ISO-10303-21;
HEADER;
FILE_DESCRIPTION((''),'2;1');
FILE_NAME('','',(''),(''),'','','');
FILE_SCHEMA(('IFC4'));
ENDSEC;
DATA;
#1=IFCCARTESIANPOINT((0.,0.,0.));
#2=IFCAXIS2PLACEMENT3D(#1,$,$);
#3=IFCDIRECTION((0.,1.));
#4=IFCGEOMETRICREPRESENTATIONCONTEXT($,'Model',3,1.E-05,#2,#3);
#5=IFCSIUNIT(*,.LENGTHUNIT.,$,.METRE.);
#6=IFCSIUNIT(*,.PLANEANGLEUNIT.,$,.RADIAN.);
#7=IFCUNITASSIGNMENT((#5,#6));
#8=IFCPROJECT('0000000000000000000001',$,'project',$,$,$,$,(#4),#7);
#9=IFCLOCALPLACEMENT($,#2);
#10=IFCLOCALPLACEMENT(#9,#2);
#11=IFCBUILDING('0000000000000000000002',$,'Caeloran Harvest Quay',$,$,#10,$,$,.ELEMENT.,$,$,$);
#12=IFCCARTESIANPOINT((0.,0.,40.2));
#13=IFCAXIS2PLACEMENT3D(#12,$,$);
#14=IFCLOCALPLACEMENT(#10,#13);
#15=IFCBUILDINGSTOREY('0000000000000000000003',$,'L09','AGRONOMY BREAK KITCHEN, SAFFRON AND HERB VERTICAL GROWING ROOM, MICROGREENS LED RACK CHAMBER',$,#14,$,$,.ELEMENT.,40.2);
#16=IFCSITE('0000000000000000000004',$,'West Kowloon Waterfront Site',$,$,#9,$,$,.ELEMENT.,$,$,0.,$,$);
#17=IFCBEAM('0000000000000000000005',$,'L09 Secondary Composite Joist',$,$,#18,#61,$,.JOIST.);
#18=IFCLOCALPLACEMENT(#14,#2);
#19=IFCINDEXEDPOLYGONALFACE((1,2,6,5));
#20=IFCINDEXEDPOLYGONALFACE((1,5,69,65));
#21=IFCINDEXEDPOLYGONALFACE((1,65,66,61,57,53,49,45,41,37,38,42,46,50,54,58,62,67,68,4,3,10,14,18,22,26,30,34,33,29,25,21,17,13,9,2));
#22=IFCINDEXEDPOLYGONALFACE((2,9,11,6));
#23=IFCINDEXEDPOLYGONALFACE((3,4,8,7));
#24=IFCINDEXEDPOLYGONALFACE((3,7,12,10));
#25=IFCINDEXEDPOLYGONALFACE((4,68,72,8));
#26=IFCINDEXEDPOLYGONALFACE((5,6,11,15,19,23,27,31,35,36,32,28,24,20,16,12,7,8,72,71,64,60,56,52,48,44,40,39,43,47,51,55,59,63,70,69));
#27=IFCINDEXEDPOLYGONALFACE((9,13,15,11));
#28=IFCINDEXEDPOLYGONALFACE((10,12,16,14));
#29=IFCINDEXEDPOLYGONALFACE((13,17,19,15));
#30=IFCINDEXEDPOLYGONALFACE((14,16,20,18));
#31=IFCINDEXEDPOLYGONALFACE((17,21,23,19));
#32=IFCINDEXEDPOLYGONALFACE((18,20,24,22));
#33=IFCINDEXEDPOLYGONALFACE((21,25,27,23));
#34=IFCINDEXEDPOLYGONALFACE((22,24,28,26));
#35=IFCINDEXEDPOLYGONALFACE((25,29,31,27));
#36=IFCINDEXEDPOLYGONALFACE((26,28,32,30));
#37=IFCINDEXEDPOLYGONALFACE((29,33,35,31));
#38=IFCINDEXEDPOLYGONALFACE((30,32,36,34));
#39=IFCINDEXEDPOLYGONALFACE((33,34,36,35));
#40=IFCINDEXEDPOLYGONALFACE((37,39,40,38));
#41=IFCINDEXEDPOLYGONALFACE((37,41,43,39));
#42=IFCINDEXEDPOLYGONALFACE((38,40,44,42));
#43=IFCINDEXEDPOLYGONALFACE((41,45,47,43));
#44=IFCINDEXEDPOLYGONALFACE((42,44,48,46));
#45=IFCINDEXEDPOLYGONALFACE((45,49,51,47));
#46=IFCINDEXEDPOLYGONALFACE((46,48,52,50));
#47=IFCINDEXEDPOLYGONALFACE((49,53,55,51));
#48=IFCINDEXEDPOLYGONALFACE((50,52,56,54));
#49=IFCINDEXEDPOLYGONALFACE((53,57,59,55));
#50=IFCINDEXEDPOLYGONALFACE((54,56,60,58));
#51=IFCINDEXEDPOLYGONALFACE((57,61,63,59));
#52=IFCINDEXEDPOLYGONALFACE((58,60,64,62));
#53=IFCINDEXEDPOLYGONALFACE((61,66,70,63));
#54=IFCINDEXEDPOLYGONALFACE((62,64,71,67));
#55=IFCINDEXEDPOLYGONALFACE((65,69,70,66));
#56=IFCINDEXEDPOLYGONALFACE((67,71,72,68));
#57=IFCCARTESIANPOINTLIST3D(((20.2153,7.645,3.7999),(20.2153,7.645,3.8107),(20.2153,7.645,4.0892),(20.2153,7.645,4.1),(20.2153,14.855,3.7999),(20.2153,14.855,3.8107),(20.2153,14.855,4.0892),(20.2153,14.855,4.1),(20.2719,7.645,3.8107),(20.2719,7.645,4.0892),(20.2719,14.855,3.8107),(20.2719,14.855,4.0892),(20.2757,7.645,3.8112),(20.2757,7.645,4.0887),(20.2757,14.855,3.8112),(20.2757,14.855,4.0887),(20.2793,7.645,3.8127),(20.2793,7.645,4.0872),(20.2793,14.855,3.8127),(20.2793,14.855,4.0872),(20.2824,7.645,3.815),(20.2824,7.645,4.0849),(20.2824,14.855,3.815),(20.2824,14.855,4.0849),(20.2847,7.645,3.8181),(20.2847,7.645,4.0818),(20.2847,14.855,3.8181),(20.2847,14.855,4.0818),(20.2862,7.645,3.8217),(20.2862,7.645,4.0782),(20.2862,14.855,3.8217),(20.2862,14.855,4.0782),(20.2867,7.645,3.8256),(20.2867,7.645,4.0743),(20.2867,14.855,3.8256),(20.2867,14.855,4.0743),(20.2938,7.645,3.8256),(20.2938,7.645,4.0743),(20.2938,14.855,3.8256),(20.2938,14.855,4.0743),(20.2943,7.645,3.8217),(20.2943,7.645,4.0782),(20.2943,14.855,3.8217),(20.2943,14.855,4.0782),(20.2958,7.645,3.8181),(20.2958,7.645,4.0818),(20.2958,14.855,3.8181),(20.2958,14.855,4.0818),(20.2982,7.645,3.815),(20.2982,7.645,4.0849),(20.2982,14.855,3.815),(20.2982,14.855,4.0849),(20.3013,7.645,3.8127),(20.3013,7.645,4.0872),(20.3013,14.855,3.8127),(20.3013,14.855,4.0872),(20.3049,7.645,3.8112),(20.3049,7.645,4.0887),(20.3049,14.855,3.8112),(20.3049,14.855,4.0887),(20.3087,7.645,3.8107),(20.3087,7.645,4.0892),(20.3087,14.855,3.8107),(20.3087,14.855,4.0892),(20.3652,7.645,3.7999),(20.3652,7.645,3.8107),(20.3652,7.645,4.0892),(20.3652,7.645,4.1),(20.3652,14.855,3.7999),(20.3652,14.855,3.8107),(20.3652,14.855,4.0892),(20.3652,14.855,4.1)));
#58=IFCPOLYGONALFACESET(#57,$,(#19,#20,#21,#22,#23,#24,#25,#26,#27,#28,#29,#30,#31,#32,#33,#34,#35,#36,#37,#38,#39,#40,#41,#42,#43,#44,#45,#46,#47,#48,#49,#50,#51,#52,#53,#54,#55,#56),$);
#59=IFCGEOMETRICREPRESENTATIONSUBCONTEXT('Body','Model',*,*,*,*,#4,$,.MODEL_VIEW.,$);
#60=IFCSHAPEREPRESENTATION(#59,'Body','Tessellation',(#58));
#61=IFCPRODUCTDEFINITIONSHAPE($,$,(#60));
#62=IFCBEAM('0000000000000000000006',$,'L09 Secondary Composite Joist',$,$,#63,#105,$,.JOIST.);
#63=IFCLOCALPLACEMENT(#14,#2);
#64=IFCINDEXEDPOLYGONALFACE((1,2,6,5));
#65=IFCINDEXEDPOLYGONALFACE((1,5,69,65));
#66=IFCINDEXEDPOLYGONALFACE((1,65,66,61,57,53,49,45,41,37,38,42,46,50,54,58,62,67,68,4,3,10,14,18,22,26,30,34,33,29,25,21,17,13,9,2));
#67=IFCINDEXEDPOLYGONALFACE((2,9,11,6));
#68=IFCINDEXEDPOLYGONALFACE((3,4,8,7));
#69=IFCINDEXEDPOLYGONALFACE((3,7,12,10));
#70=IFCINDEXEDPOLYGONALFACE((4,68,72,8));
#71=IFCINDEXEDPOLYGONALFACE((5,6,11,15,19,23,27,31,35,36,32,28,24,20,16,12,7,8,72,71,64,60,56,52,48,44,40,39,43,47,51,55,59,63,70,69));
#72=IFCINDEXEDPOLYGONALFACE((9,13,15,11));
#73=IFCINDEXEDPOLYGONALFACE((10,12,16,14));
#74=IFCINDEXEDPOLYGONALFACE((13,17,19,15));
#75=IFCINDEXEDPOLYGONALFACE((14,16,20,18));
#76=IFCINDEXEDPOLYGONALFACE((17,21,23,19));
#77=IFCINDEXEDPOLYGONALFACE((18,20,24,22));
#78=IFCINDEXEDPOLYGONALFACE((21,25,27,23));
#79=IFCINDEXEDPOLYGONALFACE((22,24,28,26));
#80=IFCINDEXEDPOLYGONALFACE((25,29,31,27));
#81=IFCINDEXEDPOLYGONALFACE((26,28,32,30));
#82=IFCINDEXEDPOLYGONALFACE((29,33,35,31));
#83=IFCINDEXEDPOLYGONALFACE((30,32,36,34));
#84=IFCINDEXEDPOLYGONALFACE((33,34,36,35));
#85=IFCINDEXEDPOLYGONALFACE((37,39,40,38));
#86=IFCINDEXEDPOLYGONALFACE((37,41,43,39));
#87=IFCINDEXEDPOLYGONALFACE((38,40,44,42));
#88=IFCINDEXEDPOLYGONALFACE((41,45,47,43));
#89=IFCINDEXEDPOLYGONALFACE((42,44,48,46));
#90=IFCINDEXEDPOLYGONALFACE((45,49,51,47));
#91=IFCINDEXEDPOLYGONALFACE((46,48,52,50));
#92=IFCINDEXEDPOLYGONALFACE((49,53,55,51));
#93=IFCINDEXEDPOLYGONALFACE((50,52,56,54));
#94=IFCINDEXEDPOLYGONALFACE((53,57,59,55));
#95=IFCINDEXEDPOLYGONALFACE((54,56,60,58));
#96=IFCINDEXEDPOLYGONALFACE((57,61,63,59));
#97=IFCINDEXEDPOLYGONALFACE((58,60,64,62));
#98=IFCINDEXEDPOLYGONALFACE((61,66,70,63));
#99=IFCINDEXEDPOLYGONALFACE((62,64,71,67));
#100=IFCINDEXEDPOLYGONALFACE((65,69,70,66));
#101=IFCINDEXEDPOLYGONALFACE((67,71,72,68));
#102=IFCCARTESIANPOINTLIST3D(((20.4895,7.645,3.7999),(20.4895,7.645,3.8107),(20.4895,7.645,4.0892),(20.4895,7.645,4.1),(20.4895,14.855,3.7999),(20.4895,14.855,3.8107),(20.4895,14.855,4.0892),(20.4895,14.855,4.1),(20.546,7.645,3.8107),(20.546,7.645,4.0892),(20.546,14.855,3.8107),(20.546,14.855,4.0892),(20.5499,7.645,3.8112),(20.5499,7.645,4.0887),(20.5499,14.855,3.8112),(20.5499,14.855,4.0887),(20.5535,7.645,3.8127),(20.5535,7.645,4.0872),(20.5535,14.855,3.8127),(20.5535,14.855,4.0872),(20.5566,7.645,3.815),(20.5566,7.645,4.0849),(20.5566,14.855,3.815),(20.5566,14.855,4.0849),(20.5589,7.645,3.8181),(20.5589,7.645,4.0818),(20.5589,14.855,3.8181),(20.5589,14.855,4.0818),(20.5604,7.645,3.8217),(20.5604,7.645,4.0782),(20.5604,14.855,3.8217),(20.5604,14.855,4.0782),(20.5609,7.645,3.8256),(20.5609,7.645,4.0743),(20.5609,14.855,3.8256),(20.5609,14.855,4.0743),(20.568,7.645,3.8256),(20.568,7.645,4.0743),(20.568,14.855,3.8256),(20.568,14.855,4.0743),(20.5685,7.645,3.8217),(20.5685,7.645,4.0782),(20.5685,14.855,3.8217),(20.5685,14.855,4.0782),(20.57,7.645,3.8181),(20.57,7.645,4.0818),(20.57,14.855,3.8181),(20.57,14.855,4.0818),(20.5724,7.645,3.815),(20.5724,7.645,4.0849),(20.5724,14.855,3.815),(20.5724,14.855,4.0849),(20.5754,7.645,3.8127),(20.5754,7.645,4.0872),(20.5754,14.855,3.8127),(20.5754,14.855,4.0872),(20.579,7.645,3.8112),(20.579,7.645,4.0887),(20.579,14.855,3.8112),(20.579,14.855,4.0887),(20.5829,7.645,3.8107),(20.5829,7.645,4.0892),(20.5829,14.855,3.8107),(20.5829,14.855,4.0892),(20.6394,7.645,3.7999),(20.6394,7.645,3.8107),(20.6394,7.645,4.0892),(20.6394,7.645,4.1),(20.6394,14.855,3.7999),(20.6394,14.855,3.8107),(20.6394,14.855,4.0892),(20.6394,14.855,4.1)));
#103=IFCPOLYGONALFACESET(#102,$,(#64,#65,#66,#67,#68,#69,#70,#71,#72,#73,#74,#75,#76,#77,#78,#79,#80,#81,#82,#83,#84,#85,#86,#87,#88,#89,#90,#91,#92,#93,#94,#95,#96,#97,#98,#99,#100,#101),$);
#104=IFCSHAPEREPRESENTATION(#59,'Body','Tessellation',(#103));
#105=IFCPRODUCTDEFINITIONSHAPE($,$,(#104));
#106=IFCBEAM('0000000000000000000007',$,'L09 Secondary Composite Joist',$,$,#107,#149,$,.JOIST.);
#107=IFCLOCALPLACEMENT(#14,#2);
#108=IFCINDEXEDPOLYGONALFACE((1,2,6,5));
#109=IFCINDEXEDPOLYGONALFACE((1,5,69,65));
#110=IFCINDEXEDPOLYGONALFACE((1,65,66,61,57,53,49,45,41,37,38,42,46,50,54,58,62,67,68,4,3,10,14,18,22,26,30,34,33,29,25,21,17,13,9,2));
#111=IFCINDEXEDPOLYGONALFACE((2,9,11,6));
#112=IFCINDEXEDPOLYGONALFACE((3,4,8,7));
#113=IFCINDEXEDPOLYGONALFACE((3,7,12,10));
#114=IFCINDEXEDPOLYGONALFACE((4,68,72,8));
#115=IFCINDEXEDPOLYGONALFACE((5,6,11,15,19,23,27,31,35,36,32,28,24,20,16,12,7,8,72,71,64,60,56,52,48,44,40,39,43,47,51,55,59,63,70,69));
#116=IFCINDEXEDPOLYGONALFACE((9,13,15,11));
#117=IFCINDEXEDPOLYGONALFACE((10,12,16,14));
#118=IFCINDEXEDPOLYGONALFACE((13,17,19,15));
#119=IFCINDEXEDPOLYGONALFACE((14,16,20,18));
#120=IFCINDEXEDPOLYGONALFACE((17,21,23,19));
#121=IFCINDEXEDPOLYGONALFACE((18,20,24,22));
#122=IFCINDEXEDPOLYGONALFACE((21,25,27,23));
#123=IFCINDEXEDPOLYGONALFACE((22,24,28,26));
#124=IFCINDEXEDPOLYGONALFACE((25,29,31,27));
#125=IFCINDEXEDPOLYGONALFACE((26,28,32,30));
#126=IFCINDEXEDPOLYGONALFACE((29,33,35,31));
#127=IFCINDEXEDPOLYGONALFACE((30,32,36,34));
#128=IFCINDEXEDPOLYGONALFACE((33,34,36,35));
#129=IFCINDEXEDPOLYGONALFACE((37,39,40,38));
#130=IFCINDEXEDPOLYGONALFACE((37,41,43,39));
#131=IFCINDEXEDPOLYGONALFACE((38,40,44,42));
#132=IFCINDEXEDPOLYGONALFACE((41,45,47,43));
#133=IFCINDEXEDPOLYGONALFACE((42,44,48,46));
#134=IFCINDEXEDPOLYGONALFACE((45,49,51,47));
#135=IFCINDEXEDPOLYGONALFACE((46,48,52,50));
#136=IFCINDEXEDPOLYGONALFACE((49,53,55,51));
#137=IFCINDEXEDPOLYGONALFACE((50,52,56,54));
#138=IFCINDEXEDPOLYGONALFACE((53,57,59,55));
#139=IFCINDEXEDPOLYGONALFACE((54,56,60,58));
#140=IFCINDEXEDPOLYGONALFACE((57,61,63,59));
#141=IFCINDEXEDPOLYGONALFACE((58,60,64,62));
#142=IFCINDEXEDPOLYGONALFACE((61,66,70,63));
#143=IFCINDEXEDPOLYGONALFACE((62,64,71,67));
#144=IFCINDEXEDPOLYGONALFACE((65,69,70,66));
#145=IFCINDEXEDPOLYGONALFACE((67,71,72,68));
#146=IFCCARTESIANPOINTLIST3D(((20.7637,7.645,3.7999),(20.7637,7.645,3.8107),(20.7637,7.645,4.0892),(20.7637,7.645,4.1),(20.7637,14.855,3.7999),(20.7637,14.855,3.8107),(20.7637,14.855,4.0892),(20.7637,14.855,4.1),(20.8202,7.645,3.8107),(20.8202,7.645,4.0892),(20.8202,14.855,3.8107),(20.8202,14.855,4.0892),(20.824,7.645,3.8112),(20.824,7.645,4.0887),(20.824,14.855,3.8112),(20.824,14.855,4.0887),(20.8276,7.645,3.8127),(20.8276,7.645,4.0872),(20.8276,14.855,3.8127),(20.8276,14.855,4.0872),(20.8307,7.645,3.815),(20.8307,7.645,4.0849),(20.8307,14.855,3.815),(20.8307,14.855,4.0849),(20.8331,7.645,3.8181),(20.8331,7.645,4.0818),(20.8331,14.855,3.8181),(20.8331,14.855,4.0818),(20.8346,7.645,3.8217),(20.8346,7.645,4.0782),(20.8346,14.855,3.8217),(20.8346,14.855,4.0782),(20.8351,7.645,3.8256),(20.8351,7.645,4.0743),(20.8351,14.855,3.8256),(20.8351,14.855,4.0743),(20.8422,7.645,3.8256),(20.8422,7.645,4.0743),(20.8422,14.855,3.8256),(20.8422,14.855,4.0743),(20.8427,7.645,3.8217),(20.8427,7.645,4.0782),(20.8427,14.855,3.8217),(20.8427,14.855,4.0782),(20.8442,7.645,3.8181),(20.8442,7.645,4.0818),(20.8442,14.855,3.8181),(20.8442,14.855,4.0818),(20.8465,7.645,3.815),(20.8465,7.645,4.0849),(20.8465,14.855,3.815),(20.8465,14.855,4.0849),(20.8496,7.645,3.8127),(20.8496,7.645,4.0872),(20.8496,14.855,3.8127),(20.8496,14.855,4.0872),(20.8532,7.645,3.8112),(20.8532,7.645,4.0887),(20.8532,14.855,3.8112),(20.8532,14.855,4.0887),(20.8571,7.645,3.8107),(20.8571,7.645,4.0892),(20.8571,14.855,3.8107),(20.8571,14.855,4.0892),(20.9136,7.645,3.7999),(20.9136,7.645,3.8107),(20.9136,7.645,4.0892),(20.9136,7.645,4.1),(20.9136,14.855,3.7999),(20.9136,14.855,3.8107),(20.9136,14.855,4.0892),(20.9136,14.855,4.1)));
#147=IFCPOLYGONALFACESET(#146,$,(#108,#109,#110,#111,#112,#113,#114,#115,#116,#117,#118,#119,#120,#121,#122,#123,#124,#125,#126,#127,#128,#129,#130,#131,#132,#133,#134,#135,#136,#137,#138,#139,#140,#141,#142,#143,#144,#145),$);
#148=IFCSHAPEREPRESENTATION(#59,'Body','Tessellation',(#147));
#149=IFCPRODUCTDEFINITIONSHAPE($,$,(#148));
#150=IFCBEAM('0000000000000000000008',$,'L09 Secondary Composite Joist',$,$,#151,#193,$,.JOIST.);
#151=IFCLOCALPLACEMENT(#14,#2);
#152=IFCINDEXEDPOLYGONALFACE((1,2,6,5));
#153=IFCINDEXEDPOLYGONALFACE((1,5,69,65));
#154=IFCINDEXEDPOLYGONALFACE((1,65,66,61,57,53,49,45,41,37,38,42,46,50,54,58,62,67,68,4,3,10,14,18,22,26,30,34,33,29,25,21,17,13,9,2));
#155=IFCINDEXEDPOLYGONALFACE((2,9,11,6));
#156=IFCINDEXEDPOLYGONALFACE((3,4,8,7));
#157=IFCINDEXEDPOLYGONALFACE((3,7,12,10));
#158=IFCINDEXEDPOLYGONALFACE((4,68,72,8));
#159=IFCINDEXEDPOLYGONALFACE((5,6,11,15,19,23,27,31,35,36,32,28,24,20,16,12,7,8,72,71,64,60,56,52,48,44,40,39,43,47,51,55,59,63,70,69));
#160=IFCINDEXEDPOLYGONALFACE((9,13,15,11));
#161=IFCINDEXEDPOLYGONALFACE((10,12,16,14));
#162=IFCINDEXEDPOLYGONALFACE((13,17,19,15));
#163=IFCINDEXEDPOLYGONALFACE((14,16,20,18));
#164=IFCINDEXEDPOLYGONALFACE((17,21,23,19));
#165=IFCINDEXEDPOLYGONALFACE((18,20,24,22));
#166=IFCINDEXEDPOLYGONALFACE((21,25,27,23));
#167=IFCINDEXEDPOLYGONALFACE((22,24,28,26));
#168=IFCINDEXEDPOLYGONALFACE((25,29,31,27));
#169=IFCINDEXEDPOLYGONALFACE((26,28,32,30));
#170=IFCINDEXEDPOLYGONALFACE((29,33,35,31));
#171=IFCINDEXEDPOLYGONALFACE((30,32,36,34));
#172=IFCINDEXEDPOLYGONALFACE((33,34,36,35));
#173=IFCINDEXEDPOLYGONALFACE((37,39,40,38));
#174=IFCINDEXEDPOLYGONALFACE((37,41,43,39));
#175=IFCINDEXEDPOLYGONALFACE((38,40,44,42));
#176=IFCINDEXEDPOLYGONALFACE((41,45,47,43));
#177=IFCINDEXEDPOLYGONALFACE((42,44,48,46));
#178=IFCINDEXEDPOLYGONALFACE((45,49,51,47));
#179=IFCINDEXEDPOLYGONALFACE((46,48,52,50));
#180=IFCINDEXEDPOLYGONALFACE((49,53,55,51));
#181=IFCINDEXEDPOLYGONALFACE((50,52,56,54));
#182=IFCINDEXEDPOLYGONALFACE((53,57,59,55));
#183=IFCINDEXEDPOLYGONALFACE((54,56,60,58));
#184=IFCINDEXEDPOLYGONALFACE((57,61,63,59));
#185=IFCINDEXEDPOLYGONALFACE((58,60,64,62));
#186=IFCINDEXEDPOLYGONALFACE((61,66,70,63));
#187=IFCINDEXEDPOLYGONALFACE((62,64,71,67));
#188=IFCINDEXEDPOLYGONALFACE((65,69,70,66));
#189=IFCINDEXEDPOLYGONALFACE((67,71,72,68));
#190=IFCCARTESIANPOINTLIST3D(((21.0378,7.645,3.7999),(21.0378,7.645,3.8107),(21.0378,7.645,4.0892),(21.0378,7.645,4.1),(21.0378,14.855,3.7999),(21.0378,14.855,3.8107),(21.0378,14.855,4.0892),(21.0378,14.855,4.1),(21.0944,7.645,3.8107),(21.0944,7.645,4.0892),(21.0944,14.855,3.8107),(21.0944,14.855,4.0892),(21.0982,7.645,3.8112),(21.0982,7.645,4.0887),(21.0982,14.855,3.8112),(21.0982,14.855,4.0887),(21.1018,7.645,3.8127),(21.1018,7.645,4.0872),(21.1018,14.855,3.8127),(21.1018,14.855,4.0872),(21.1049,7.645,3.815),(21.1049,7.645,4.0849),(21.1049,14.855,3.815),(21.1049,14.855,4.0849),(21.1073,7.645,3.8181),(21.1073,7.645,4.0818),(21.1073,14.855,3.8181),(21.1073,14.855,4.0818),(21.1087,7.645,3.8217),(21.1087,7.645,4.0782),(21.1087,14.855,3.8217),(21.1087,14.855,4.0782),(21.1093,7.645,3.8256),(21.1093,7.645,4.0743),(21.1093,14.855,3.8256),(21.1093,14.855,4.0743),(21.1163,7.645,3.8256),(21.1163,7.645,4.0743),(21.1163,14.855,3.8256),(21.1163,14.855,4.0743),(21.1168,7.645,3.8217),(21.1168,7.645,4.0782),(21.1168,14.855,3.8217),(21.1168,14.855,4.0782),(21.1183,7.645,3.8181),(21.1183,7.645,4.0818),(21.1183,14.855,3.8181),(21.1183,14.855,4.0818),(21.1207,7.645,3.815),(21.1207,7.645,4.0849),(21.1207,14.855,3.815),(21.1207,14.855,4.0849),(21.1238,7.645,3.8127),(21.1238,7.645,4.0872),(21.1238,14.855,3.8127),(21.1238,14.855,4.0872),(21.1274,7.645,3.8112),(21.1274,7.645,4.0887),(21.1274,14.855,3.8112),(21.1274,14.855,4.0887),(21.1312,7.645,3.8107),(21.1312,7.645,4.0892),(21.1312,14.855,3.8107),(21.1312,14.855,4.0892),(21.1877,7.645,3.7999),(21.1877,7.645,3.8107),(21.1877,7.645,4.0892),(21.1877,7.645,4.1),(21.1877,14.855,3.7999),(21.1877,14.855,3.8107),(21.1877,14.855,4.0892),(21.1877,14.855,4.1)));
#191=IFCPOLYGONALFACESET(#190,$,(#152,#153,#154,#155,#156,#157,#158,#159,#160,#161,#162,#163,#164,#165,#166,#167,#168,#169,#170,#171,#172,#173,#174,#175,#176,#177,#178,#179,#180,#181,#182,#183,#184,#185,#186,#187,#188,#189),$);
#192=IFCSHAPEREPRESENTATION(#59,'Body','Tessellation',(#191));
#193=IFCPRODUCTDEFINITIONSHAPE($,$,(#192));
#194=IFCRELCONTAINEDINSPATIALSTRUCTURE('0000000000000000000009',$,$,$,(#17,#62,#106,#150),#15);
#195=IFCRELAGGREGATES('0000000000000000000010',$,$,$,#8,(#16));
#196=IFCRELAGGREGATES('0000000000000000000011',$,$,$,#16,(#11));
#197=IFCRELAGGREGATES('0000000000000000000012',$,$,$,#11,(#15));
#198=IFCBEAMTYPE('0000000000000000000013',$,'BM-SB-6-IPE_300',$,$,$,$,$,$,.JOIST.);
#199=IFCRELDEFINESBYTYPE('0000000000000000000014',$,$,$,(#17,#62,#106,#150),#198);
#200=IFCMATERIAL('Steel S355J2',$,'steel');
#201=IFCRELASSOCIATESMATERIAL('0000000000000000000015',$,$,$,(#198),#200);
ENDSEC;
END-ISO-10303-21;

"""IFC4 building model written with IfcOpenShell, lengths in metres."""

from ifc_helpers import new_model, si_unit, direction, frame, origin, origin_2d, place, context, subcontext, project, spatial, i_section, extrude, material, material_profile, profile_set, type_object, element, save


model = new_model("IFC4")

# Units and contexts
model_context = context("Model", 3, precision=1e-05, world=origin(), true_north=direction((0.0, 1.0)))
body_context = subcontext(model_context, "Body", "Model", "MODEL_VIEW")
ifc_project = project(units=[si_unit("LENGTHUNIT", "METRE"), si_unit("PLANEANGLEUNIT", "RADIAN")], contexts=[model_context])

# Site, building, storey
site_placement = place(None, origin())
site = spatial("IfcSite", under=ifc_project, at=site_placement, Name="West Kowloon Waterfront Site", CompositionType="ELEMENT", RefElevation=0.0)
building_placement = place(site_placement, origin())
building = spatial("IfcBuilding", under=site, at=building_placement, Name="Caeloran Harvest Quay", CompositionType="ELEMENT")
storey_placement = place(building_placement, frame((0.0, 0.0, 40.2)))
storey = spatial("IfcBuildingStorey", under=building, at=storey_placement, Name="L09", Description="AGRONOMY BREAK KITCHEN, SAFFRON AND HERB VERTICAL GROWING ROOM, MICROGREENS LED RACK CHAMBER", CompositionType="ELEMENT", Elevation=40.2)

# Beams
ifc_material_1 = material(Name="Steel S355J2", Category="steel")
ifc_material_profile_1 = material_profile(ifc_material_1, i_section(OverallWidth=0.1499, OverallDepth=0.3, WebThickness=0.0071, FlangeThickness=0.0107, FilletRadius=0.0149, at=origin_2d()), Name="IPE 300")
ifc_profile_set_1 = profile_set([ifc_material_profile_1], Name="Steel S355J2")
beam_type_1 = type_object("IfcBeamType", Name="BM-SB-6-IPE_300", PredefinedType="JOIST", material=ifc_profile_set_1)
for number, where, z_axis, x_axis, name in (
    (1, (20.2903, 7.645, 3.95), (0.0, 1.0, 0.0), (-1.0, 0.0, 0.0), "L09 Secondary Composite Joist"),
    (2, (20.5645, 7.645, 3.95), (0.0, 1.0, 0.0), (-1.0, 0.0, 0.0), "L09 Secondary Composite Joist"),
    (3, (20.8386, 7.645, 3.95), (0.0, 1.0, 0.0), (-1.0, 0.0, 0.0), "L09 Secondary Composite Joist"),
    (4, (21.1128, 7.645, 3.95), (0.0, 1.0, 0.0), (-1.0, 0.0, 0.0), "L09 Secondary Composite Joist"),
):
    element("IfcBeam", number, at=place(storey_placement, frame(where, z_axis=z_axis, x_axis=x_axis)), inside=storey, type_object=beam_type_1, Name=name, PredefinedType="JOIST", context=body_context, shape_type="SweptSolid", body=[
        extrude(i_section(OverallWidth=0.1499, OverallDepth=0.3, WebThickness=0.0071, FlangeThickness=0.0107, FilletRadius=0.0149, at=origin_2d()), origin(), (0.0, 0.0, 1.0), 7.21),
    ])

save(model, "model.ifc")
